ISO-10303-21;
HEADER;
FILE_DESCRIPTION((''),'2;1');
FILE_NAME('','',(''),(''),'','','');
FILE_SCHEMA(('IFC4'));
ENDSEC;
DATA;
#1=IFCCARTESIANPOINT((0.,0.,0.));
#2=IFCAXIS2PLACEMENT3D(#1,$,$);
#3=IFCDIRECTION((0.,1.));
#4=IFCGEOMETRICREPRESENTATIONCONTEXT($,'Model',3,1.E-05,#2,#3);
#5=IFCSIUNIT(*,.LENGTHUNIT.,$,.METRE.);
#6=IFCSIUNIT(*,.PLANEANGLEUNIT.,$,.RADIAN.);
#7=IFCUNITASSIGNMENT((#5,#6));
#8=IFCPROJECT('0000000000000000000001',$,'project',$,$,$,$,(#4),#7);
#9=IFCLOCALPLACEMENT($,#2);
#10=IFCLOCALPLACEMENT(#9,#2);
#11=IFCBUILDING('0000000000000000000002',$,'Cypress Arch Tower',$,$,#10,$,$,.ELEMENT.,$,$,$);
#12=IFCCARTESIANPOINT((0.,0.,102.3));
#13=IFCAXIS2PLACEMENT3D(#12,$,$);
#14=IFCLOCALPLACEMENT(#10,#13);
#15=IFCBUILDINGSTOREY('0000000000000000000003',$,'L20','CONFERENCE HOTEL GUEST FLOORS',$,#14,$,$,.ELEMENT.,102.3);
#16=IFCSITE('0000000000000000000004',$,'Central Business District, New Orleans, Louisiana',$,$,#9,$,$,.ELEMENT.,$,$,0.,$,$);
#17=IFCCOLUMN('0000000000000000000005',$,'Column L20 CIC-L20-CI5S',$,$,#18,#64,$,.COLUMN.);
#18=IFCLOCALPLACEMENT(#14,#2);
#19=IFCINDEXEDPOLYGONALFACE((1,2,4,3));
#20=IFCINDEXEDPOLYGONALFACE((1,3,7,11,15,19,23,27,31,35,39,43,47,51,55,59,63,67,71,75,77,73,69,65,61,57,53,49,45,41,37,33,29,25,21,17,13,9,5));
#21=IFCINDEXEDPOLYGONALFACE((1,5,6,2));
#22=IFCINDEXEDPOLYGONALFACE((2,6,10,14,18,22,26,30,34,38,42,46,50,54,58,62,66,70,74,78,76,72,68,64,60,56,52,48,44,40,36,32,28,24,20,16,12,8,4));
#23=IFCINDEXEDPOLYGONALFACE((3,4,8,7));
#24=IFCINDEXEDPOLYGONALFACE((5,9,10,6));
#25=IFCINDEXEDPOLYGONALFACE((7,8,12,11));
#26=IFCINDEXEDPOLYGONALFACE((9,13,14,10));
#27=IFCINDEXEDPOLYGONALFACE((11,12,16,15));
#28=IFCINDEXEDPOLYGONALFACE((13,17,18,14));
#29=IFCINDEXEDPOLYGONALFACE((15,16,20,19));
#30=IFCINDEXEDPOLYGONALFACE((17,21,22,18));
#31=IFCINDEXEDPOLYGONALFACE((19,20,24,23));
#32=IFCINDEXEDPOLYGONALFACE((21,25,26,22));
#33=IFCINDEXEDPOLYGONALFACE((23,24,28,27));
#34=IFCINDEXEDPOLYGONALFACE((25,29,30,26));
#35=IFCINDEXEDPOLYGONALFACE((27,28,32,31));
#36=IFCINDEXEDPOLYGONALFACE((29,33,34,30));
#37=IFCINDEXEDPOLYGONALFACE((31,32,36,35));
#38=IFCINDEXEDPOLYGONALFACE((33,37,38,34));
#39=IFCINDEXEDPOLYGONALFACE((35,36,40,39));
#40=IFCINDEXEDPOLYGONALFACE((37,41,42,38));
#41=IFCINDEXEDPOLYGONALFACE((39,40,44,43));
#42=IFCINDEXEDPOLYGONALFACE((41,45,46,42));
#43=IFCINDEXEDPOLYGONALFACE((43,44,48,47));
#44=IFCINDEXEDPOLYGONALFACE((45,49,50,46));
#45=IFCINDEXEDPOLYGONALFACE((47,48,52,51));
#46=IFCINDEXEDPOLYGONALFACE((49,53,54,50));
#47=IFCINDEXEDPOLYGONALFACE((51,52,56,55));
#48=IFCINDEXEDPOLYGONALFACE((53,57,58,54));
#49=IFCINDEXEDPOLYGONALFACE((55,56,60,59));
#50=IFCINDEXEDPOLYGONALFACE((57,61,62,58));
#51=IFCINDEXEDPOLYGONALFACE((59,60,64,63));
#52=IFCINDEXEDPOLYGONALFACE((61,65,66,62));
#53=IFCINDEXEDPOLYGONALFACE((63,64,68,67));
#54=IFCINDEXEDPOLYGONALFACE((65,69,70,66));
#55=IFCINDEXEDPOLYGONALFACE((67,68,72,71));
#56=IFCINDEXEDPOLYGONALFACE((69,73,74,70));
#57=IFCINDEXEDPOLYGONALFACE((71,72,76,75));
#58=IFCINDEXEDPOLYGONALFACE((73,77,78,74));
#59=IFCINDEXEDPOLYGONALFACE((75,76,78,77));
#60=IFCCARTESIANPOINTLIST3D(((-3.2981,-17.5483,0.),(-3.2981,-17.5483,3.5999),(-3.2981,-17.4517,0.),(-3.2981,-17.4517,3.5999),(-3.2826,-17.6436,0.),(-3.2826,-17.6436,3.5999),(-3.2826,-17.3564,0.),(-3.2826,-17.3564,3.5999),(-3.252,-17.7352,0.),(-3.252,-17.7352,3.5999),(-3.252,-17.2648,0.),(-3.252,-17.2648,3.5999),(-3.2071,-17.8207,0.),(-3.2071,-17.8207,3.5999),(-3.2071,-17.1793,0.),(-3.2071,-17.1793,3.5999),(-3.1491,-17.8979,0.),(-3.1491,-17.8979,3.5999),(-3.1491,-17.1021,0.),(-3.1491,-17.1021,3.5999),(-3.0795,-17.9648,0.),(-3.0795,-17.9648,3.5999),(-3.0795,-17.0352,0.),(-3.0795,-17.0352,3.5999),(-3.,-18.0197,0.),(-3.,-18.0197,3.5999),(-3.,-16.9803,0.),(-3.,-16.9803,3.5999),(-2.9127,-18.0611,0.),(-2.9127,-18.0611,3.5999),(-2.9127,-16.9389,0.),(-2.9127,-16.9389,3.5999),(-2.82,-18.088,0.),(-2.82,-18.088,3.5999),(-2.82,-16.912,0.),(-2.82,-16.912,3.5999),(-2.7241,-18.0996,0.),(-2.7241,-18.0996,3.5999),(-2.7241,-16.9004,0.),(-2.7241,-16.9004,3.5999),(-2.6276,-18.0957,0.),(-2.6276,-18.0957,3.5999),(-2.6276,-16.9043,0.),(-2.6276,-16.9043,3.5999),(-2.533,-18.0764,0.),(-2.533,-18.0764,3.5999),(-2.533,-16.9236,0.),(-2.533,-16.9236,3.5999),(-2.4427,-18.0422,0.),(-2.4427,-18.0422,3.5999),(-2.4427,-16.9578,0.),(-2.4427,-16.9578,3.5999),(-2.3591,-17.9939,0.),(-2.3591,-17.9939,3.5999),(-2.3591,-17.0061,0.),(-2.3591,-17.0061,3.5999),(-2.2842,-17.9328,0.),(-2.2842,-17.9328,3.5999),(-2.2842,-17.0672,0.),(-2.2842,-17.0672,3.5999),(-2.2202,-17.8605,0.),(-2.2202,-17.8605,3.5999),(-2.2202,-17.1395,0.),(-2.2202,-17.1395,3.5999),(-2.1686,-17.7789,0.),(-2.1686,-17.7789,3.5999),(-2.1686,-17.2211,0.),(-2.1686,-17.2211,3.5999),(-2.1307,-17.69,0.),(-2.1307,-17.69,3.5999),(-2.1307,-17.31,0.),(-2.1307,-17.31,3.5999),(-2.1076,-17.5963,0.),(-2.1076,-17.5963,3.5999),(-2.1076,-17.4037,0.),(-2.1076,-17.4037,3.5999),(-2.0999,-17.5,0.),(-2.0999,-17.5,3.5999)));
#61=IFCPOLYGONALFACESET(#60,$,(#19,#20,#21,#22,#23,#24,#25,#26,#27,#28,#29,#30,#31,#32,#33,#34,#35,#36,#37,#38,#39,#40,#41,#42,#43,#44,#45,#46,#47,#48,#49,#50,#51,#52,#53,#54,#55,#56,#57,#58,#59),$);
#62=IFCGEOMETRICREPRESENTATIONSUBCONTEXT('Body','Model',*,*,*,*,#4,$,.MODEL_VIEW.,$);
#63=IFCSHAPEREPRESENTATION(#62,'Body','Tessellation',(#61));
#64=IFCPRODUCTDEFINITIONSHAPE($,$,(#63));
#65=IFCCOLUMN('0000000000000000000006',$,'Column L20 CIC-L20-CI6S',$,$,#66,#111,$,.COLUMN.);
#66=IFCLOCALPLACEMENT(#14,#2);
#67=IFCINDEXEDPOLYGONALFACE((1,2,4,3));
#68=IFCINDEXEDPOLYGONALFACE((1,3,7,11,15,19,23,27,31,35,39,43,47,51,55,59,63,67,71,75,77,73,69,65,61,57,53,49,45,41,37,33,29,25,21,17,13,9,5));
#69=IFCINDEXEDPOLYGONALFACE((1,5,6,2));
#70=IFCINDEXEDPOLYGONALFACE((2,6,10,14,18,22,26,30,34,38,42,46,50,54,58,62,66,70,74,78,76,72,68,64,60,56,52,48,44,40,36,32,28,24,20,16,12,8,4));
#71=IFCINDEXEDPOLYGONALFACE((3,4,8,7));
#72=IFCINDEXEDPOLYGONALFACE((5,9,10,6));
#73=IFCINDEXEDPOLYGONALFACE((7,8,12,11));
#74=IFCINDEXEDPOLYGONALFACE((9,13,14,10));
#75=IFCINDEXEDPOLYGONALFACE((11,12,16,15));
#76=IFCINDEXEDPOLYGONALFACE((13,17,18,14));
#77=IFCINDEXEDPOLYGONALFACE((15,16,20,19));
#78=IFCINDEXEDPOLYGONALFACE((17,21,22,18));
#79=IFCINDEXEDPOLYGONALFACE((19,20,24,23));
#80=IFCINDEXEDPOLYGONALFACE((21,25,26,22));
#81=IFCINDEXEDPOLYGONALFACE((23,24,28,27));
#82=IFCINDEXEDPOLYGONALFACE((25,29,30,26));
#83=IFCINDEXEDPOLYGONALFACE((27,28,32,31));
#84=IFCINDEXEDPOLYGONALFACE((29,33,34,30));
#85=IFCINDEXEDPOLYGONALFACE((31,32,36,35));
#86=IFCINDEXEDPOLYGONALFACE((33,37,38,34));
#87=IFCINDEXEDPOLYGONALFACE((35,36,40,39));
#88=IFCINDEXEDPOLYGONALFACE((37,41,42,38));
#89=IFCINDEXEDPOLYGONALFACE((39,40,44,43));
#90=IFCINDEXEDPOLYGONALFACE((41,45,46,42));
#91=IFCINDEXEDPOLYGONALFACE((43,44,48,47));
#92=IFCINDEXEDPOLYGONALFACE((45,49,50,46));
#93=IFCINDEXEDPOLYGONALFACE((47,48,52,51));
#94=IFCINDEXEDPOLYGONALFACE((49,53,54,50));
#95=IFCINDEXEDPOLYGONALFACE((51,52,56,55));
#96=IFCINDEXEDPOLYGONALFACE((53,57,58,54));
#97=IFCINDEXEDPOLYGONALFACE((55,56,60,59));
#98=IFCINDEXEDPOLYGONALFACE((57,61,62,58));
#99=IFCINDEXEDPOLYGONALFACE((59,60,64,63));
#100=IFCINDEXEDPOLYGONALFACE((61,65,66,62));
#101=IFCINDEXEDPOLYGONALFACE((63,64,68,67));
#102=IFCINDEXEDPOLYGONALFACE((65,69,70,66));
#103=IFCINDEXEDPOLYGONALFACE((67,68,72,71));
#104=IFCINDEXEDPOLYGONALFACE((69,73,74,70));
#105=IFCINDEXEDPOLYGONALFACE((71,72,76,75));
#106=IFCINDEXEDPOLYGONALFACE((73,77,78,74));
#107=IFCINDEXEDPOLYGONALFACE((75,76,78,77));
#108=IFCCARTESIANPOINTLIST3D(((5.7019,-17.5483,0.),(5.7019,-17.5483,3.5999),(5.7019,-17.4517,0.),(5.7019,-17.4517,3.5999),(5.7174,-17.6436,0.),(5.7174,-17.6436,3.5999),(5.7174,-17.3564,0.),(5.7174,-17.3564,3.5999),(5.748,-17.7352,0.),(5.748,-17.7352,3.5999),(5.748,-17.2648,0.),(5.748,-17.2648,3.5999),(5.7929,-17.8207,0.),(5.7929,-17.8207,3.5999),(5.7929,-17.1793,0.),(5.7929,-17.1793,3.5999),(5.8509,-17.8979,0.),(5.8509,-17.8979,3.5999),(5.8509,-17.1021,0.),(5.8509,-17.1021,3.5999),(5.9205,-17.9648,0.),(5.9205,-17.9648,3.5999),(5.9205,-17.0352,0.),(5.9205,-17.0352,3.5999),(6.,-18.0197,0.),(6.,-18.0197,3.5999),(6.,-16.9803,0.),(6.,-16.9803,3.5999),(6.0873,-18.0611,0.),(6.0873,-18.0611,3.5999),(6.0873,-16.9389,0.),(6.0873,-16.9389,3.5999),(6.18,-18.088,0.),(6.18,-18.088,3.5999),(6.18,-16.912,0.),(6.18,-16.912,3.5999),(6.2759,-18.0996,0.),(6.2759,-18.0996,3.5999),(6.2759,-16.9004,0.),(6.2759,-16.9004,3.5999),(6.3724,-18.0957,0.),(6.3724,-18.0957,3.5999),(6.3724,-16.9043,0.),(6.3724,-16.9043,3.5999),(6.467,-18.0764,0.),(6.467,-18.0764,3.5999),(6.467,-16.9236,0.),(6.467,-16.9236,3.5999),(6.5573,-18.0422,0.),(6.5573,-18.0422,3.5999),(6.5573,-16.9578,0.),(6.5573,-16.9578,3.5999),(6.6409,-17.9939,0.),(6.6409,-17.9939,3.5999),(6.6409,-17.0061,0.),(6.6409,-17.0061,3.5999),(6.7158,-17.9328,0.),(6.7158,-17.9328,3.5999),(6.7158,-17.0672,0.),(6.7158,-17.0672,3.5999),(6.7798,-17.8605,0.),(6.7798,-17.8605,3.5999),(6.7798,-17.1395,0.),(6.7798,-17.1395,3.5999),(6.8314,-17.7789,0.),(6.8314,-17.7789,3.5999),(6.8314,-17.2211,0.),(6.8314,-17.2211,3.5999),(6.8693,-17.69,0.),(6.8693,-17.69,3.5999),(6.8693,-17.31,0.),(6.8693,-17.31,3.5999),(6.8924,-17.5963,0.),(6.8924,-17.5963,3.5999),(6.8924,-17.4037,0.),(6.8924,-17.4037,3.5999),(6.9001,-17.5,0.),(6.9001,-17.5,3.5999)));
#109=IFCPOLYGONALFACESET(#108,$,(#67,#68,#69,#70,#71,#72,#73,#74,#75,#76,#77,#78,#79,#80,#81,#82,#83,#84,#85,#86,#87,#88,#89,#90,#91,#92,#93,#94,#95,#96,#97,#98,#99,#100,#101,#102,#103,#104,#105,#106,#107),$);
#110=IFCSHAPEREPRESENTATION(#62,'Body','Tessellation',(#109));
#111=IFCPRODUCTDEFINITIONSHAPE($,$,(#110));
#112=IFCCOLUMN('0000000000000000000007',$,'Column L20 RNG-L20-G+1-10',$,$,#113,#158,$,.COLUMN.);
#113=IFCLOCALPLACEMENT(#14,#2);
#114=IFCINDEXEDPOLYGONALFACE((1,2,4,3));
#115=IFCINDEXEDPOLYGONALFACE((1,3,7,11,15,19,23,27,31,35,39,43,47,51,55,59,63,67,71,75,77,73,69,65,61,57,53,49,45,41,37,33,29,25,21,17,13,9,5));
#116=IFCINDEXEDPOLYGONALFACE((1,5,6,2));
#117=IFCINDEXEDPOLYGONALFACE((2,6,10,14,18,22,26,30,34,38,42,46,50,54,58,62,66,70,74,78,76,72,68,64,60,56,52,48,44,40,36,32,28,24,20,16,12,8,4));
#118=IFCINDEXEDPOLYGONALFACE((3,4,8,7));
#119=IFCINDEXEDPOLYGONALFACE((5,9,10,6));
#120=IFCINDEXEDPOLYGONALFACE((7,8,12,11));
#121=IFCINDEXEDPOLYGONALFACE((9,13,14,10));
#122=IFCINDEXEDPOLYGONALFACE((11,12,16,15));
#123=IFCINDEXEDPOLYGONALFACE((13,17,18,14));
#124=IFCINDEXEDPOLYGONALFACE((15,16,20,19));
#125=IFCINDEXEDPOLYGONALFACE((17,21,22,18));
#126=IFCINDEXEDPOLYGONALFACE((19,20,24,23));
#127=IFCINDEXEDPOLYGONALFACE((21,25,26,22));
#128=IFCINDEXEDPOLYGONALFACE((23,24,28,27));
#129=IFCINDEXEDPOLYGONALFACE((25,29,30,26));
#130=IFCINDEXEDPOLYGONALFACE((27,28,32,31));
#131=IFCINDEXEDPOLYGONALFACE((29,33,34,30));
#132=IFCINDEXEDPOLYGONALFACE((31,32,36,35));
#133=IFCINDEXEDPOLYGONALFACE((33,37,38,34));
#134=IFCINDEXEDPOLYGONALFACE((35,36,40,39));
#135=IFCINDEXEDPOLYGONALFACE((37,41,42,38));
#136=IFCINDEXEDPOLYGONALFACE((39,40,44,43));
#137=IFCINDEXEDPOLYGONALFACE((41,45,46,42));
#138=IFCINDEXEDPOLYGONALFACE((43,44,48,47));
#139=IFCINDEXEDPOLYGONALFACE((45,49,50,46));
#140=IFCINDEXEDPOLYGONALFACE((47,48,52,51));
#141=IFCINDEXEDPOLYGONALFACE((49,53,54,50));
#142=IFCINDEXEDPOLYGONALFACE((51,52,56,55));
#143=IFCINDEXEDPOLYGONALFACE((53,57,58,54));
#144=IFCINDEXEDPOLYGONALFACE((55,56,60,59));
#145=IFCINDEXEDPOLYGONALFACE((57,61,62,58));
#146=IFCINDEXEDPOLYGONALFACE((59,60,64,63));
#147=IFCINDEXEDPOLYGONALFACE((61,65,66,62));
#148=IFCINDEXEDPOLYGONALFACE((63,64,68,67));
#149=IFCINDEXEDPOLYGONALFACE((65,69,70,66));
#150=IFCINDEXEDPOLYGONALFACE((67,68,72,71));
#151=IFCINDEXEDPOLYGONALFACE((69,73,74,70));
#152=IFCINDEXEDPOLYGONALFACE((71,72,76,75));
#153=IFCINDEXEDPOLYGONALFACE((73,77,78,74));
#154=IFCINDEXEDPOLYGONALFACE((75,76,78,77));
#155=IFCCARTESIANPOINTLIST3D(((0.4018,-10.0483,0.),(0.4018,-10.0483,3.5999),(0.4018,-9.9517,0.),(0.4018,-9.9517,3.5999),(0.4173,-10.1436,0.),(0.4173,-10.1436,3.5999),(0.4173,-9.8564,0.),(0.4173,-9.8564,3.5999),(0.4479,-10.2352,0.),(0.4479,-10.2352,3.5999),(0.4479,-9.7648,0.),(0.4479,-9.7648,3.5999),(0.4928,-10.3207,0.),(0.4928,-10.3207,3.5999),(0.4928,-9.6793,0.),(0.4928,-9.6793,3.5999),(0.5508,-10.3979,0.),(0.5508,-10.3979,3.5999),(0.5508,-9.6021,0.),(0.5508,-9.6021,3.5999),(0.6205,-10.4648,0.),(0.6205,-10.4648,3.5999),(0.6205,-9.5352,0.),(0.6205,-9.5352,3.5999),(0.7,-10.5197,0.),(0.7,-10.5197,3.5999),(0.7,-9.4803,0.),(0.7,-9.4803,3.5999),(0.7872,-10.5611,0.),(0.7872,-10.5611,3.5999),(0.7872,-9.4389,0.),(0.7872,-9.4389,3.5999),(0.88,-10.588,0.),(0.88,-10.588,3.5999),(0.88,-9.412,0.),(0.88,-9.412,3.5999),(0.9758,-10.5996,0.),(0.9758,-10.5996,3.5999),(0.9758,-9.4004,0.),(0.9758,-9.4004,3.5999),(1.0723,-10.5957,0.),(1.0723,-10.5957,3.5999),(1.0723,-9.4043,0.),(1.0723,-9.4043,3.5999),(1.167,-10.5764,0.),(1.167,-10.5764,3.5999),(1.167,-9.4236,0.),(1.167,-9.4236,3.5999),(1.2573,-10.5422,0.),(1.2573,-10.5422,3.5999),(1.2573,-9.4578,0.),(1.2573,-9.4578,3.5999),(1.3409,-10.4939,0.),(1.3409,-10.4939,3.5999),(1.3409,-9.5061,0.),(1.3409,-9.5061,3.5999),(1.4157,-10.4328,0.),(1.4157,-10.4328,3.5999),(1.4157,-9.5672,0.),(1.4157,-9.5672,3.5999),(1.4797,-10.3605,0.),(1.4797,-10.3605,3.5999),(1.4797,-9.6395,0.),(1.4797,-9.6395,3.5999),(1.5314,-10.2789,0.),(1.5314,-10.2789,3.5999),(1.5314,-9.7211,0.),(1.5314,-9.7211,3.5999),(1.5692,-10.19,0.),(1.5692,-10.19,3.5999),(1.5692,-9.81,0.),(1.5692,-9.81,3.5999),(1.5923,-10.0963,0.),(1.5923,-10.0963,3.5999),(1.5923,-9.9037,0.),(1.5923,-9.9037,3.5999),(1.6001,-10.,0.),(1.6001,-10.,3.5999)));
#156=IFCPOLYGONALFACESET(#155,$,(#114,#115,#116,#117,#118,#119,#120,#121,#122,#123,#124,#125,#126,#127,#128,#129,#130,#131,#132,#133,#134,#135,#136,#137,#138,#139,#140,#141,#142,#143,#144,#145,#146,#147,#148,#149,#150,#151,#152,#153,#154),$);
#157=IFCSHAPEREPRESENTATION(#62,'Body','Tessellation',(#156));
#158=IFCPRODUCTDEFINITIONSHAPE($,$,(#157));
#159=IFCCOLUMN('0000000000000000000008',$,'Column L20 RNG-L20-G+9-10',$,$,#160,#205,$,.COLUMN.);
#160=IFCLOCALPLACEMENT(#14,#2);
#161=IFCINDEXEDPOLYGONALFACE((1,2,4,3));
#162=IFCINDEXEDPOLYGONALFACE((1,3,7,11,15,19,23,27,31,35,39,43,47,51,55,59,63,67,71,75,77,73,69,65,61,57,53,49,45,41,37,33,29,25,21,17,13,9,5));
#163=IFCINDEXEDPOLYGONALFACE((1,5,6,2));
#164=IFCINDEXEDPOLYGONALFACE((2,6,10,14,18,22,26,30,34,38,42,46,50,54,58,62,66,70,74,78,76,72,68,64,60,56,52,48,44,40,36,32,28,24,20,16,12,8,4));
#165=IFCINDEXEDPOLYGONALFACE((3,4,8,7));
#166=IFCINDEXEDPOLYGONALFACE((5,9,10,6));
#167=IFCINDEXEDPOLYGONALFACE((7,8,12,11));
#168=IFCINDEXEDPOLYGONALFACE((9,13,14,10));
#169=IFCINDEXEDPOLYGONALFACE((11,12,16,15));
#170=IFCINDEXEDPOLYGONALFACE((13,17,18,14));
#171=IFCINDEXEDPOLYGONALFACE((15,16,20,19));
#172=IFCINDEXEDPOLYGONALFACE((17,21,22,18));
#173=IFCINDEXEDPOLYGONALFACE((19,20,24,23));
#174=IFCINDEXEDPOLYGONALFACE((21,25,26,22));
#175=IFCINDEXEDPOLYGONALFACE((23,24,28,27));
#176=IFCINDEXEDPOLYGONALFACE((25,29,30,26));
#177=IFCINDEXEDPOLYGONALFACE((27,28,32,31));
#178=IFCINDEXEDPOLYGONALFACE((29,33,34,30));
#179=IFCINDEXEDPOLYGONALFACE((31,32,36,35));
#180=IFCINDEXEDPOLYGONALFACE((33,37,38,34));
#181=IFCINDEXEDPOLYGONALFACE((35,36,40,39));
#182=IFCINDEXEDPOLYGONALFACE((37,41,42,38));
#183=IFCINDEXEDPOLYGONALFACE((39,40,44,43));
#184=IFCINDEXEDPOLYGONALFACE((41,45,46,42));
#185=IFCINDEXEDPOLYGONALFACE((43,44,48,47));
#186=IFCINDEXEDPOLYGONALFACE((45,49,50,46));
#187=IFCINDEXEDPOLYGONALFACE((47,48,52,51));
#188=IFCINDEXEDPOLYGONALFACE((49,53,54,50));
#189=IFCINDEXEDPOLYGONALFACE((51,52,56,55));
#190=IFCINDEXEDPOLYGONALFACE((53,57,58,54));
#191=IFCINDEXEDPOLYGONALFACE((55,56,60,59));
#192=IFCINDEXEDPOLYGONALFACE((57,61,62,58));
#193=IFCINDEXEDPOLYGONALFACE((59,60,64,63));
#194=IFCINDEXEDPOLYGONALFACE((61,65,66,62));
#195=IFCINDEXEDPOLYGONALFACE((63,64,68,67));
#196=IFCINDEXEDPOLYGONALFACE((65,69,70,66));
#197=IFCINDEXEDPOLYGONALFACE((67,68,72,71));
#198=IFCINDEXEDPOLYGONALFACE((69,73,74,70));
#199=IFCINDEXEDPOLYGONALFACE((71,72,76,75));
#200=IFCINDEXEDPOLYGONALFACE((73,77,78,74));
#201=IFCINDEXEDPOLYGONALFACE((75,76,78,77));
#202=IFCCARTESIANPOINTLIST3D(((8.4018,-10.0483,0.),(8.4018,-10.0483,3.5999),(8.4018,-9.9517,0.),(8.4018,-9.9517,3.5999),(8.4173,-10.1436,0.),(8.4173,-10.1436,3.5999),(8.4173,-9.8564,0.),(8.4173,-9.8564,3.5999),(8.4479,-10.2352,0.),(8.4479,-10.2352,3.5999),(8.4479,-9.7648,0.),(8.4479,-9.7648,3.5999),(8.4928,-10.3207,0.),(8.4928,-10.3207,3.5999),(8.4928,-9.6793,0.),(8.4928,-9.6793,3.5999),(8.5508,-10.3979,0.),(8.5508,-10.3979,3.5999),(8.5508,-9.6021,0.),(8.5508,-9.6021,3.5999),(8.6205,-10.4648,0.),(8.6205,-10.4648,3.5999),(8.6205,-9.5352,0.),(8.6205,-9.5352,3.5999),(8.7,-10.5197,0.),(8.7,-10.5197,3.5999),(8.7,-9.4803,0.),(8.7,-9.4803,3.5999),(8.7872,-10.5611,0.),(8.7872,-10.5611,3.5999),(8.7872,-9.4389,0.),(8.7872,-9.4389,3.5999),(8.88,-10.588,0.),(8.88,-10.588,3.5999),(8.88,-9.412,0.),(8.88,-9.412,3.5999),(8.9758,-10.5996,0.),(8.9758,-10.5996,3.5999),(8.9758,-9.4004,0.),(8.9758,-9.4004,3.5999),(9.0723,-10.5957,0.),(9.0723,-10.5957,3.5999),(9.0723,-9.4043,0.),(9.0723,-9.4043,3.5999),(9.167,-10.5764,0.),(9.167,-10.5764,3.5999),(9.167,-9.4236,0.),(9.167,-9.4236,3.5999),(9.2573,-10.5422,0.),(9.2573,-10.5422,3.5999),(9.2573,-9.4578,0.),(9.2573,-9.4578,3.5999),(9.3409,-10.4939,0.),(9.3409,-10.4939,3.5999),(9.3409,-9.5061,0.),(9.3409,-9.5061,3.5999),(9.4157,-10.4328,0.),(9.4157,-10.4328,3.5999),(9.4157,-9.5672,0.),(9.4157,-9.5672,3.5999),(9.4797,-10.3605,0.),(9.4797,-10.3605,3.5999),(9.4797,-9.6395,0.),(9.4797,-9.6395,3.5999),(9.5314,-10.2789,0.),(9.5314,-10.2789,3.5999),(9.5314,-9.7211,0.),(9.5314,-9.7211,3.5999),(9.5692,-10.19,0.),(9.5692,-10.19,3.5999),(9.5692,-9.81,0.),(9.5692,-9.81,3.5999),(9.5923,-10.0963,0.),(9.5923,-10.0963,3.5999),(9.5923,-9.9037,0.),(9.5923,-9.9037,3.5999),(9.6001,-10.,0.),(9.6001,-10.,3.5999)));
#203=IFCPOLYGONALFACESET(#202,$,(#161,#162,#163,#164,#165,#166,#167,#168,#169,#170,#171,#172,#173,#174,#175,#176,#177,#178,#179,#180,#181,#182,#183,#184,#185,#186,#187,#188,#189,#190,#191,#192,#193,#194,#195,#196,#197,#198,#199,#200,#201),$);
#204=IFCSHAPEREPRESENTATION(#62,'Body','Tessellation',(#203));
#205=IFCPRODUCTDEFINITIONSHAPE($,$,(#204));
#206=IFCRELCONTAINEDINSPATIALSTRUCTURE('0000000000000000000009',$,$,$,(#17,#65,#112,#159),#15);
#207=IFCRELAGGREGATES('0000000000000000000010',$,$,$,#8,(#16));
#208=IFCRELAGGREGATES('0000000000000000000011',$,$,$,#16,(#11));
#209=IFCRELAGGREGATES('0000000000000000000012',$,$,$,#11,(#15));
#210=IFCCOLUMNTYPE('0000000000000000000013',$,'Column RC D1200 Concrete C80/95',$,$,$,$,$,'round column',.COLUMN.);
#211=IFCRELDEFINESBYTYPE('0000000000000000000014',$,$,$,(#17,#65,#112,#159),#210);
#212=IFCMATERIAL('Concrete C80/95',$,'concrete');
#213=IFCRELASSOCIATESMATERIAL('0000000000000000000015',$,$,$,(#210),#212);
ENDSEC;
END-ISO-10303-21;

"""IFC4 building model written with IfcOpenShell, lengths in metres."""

from ifc_helpers import new_model, si_unit, direction, frame, origin, origin_2d, place, context, subcontext, project, spatial, circle, extrude, material, material_profile, profile_set, type_object, element, save


model = new_model("IFC4")

# Units and contexts
model_context = context("Model", 3, precision=1e-05, world=origin(), true_north=direction((0.0, 1.0)))
body_context = subcontext(model_context, "Body", "Model", "MODEL_VIEW")
ifc_project = project(units=[si_unit("LENGTHUNIT", "METRE"), si_unit("PLANEANGLEUNIT", "RADIAN")], contexts=[model_context])

# Site, building, storey
site_placement = place(None, origin())
site = spatial("IfcSite", under=ifc_project, at=site_placement, Name="Central Business District, New Orleans, Louisiana", CompositionType="ELEMENT", RefElevation=0.0)
building_placement = place(site_placement, origin())
building = spatial("IfcBuilding", under=site, at=building_placement, Name="Cypress Arch Tower", CompositionType="ELEMENT")
storey_placement = place(building_placement, frame((0.0, 0.0, 102.3)))
storey = spatial("IfcBuildingStorey", under=building, at=storey_placement, Name="L20", Description="CONFERENCE HOTEL GUEST FLOORS", CompositionType="ELEMENT", Elevation=102.3)

# Columns
ifc_material_1 = material(Name="Concrete C80/95", Category="concrete")
ifc_material_profile_1 = material_profile(ifc_material_1, circle(Radius=0.6001, at=origin_2d()), Name="RC D1200")
ifc_profile_set_1 = profile_set([ifc_material_profile_1], Name="Concrete C80/95")
column_type = type_object("IfcColumnType", Name="Column RC D1200 Concrete C80/95", ElementType="round column", PredefinedType="COLUMN", material=ifc_profile_set_1)
for number, where, z_axis, x_axis, name in (
    (1, (-2.7, -17.5, 0.0), (0.0, 0.0, 1.0), (1.0, 0.0, 0.0), "Column L20 CIC-L20-CI5S"),
    (2, (6.3, -17.5, 0.0), (0.0, 0.0, 1.0), (1.0, 0.0, 0.0), "Column L20 CIC-L20-CI6S"),
    (3, (1.0, -10.0, 0.0), (0.0, 0.0, 1.0), (1.0, 0.0, 0.0), "Column L20 RNG-L20-G+1-10"),
    (4, (9.0, -10.0, 0.0), (0.0, 0.0, 1.0), (1.0, 0.0, 0.0), "Column L20 RNG-L20-G+9-10"),
):
    element("IfcColumn", number, at=place(storey_placement, frame(where, z_axis=z_axis, x_axis=x_axis)), inside=storey, type_object=column_type, Name=name, PredefinedType="COLUMN", context=body_context, shape_type="SweptSolid", body=[
        extrude(circle(Radius=0.6001, at=origin_2d()), origin(), (0.0, 0.0, 1.0), 3.5999),
    ])

save(model, "model.ifc")
